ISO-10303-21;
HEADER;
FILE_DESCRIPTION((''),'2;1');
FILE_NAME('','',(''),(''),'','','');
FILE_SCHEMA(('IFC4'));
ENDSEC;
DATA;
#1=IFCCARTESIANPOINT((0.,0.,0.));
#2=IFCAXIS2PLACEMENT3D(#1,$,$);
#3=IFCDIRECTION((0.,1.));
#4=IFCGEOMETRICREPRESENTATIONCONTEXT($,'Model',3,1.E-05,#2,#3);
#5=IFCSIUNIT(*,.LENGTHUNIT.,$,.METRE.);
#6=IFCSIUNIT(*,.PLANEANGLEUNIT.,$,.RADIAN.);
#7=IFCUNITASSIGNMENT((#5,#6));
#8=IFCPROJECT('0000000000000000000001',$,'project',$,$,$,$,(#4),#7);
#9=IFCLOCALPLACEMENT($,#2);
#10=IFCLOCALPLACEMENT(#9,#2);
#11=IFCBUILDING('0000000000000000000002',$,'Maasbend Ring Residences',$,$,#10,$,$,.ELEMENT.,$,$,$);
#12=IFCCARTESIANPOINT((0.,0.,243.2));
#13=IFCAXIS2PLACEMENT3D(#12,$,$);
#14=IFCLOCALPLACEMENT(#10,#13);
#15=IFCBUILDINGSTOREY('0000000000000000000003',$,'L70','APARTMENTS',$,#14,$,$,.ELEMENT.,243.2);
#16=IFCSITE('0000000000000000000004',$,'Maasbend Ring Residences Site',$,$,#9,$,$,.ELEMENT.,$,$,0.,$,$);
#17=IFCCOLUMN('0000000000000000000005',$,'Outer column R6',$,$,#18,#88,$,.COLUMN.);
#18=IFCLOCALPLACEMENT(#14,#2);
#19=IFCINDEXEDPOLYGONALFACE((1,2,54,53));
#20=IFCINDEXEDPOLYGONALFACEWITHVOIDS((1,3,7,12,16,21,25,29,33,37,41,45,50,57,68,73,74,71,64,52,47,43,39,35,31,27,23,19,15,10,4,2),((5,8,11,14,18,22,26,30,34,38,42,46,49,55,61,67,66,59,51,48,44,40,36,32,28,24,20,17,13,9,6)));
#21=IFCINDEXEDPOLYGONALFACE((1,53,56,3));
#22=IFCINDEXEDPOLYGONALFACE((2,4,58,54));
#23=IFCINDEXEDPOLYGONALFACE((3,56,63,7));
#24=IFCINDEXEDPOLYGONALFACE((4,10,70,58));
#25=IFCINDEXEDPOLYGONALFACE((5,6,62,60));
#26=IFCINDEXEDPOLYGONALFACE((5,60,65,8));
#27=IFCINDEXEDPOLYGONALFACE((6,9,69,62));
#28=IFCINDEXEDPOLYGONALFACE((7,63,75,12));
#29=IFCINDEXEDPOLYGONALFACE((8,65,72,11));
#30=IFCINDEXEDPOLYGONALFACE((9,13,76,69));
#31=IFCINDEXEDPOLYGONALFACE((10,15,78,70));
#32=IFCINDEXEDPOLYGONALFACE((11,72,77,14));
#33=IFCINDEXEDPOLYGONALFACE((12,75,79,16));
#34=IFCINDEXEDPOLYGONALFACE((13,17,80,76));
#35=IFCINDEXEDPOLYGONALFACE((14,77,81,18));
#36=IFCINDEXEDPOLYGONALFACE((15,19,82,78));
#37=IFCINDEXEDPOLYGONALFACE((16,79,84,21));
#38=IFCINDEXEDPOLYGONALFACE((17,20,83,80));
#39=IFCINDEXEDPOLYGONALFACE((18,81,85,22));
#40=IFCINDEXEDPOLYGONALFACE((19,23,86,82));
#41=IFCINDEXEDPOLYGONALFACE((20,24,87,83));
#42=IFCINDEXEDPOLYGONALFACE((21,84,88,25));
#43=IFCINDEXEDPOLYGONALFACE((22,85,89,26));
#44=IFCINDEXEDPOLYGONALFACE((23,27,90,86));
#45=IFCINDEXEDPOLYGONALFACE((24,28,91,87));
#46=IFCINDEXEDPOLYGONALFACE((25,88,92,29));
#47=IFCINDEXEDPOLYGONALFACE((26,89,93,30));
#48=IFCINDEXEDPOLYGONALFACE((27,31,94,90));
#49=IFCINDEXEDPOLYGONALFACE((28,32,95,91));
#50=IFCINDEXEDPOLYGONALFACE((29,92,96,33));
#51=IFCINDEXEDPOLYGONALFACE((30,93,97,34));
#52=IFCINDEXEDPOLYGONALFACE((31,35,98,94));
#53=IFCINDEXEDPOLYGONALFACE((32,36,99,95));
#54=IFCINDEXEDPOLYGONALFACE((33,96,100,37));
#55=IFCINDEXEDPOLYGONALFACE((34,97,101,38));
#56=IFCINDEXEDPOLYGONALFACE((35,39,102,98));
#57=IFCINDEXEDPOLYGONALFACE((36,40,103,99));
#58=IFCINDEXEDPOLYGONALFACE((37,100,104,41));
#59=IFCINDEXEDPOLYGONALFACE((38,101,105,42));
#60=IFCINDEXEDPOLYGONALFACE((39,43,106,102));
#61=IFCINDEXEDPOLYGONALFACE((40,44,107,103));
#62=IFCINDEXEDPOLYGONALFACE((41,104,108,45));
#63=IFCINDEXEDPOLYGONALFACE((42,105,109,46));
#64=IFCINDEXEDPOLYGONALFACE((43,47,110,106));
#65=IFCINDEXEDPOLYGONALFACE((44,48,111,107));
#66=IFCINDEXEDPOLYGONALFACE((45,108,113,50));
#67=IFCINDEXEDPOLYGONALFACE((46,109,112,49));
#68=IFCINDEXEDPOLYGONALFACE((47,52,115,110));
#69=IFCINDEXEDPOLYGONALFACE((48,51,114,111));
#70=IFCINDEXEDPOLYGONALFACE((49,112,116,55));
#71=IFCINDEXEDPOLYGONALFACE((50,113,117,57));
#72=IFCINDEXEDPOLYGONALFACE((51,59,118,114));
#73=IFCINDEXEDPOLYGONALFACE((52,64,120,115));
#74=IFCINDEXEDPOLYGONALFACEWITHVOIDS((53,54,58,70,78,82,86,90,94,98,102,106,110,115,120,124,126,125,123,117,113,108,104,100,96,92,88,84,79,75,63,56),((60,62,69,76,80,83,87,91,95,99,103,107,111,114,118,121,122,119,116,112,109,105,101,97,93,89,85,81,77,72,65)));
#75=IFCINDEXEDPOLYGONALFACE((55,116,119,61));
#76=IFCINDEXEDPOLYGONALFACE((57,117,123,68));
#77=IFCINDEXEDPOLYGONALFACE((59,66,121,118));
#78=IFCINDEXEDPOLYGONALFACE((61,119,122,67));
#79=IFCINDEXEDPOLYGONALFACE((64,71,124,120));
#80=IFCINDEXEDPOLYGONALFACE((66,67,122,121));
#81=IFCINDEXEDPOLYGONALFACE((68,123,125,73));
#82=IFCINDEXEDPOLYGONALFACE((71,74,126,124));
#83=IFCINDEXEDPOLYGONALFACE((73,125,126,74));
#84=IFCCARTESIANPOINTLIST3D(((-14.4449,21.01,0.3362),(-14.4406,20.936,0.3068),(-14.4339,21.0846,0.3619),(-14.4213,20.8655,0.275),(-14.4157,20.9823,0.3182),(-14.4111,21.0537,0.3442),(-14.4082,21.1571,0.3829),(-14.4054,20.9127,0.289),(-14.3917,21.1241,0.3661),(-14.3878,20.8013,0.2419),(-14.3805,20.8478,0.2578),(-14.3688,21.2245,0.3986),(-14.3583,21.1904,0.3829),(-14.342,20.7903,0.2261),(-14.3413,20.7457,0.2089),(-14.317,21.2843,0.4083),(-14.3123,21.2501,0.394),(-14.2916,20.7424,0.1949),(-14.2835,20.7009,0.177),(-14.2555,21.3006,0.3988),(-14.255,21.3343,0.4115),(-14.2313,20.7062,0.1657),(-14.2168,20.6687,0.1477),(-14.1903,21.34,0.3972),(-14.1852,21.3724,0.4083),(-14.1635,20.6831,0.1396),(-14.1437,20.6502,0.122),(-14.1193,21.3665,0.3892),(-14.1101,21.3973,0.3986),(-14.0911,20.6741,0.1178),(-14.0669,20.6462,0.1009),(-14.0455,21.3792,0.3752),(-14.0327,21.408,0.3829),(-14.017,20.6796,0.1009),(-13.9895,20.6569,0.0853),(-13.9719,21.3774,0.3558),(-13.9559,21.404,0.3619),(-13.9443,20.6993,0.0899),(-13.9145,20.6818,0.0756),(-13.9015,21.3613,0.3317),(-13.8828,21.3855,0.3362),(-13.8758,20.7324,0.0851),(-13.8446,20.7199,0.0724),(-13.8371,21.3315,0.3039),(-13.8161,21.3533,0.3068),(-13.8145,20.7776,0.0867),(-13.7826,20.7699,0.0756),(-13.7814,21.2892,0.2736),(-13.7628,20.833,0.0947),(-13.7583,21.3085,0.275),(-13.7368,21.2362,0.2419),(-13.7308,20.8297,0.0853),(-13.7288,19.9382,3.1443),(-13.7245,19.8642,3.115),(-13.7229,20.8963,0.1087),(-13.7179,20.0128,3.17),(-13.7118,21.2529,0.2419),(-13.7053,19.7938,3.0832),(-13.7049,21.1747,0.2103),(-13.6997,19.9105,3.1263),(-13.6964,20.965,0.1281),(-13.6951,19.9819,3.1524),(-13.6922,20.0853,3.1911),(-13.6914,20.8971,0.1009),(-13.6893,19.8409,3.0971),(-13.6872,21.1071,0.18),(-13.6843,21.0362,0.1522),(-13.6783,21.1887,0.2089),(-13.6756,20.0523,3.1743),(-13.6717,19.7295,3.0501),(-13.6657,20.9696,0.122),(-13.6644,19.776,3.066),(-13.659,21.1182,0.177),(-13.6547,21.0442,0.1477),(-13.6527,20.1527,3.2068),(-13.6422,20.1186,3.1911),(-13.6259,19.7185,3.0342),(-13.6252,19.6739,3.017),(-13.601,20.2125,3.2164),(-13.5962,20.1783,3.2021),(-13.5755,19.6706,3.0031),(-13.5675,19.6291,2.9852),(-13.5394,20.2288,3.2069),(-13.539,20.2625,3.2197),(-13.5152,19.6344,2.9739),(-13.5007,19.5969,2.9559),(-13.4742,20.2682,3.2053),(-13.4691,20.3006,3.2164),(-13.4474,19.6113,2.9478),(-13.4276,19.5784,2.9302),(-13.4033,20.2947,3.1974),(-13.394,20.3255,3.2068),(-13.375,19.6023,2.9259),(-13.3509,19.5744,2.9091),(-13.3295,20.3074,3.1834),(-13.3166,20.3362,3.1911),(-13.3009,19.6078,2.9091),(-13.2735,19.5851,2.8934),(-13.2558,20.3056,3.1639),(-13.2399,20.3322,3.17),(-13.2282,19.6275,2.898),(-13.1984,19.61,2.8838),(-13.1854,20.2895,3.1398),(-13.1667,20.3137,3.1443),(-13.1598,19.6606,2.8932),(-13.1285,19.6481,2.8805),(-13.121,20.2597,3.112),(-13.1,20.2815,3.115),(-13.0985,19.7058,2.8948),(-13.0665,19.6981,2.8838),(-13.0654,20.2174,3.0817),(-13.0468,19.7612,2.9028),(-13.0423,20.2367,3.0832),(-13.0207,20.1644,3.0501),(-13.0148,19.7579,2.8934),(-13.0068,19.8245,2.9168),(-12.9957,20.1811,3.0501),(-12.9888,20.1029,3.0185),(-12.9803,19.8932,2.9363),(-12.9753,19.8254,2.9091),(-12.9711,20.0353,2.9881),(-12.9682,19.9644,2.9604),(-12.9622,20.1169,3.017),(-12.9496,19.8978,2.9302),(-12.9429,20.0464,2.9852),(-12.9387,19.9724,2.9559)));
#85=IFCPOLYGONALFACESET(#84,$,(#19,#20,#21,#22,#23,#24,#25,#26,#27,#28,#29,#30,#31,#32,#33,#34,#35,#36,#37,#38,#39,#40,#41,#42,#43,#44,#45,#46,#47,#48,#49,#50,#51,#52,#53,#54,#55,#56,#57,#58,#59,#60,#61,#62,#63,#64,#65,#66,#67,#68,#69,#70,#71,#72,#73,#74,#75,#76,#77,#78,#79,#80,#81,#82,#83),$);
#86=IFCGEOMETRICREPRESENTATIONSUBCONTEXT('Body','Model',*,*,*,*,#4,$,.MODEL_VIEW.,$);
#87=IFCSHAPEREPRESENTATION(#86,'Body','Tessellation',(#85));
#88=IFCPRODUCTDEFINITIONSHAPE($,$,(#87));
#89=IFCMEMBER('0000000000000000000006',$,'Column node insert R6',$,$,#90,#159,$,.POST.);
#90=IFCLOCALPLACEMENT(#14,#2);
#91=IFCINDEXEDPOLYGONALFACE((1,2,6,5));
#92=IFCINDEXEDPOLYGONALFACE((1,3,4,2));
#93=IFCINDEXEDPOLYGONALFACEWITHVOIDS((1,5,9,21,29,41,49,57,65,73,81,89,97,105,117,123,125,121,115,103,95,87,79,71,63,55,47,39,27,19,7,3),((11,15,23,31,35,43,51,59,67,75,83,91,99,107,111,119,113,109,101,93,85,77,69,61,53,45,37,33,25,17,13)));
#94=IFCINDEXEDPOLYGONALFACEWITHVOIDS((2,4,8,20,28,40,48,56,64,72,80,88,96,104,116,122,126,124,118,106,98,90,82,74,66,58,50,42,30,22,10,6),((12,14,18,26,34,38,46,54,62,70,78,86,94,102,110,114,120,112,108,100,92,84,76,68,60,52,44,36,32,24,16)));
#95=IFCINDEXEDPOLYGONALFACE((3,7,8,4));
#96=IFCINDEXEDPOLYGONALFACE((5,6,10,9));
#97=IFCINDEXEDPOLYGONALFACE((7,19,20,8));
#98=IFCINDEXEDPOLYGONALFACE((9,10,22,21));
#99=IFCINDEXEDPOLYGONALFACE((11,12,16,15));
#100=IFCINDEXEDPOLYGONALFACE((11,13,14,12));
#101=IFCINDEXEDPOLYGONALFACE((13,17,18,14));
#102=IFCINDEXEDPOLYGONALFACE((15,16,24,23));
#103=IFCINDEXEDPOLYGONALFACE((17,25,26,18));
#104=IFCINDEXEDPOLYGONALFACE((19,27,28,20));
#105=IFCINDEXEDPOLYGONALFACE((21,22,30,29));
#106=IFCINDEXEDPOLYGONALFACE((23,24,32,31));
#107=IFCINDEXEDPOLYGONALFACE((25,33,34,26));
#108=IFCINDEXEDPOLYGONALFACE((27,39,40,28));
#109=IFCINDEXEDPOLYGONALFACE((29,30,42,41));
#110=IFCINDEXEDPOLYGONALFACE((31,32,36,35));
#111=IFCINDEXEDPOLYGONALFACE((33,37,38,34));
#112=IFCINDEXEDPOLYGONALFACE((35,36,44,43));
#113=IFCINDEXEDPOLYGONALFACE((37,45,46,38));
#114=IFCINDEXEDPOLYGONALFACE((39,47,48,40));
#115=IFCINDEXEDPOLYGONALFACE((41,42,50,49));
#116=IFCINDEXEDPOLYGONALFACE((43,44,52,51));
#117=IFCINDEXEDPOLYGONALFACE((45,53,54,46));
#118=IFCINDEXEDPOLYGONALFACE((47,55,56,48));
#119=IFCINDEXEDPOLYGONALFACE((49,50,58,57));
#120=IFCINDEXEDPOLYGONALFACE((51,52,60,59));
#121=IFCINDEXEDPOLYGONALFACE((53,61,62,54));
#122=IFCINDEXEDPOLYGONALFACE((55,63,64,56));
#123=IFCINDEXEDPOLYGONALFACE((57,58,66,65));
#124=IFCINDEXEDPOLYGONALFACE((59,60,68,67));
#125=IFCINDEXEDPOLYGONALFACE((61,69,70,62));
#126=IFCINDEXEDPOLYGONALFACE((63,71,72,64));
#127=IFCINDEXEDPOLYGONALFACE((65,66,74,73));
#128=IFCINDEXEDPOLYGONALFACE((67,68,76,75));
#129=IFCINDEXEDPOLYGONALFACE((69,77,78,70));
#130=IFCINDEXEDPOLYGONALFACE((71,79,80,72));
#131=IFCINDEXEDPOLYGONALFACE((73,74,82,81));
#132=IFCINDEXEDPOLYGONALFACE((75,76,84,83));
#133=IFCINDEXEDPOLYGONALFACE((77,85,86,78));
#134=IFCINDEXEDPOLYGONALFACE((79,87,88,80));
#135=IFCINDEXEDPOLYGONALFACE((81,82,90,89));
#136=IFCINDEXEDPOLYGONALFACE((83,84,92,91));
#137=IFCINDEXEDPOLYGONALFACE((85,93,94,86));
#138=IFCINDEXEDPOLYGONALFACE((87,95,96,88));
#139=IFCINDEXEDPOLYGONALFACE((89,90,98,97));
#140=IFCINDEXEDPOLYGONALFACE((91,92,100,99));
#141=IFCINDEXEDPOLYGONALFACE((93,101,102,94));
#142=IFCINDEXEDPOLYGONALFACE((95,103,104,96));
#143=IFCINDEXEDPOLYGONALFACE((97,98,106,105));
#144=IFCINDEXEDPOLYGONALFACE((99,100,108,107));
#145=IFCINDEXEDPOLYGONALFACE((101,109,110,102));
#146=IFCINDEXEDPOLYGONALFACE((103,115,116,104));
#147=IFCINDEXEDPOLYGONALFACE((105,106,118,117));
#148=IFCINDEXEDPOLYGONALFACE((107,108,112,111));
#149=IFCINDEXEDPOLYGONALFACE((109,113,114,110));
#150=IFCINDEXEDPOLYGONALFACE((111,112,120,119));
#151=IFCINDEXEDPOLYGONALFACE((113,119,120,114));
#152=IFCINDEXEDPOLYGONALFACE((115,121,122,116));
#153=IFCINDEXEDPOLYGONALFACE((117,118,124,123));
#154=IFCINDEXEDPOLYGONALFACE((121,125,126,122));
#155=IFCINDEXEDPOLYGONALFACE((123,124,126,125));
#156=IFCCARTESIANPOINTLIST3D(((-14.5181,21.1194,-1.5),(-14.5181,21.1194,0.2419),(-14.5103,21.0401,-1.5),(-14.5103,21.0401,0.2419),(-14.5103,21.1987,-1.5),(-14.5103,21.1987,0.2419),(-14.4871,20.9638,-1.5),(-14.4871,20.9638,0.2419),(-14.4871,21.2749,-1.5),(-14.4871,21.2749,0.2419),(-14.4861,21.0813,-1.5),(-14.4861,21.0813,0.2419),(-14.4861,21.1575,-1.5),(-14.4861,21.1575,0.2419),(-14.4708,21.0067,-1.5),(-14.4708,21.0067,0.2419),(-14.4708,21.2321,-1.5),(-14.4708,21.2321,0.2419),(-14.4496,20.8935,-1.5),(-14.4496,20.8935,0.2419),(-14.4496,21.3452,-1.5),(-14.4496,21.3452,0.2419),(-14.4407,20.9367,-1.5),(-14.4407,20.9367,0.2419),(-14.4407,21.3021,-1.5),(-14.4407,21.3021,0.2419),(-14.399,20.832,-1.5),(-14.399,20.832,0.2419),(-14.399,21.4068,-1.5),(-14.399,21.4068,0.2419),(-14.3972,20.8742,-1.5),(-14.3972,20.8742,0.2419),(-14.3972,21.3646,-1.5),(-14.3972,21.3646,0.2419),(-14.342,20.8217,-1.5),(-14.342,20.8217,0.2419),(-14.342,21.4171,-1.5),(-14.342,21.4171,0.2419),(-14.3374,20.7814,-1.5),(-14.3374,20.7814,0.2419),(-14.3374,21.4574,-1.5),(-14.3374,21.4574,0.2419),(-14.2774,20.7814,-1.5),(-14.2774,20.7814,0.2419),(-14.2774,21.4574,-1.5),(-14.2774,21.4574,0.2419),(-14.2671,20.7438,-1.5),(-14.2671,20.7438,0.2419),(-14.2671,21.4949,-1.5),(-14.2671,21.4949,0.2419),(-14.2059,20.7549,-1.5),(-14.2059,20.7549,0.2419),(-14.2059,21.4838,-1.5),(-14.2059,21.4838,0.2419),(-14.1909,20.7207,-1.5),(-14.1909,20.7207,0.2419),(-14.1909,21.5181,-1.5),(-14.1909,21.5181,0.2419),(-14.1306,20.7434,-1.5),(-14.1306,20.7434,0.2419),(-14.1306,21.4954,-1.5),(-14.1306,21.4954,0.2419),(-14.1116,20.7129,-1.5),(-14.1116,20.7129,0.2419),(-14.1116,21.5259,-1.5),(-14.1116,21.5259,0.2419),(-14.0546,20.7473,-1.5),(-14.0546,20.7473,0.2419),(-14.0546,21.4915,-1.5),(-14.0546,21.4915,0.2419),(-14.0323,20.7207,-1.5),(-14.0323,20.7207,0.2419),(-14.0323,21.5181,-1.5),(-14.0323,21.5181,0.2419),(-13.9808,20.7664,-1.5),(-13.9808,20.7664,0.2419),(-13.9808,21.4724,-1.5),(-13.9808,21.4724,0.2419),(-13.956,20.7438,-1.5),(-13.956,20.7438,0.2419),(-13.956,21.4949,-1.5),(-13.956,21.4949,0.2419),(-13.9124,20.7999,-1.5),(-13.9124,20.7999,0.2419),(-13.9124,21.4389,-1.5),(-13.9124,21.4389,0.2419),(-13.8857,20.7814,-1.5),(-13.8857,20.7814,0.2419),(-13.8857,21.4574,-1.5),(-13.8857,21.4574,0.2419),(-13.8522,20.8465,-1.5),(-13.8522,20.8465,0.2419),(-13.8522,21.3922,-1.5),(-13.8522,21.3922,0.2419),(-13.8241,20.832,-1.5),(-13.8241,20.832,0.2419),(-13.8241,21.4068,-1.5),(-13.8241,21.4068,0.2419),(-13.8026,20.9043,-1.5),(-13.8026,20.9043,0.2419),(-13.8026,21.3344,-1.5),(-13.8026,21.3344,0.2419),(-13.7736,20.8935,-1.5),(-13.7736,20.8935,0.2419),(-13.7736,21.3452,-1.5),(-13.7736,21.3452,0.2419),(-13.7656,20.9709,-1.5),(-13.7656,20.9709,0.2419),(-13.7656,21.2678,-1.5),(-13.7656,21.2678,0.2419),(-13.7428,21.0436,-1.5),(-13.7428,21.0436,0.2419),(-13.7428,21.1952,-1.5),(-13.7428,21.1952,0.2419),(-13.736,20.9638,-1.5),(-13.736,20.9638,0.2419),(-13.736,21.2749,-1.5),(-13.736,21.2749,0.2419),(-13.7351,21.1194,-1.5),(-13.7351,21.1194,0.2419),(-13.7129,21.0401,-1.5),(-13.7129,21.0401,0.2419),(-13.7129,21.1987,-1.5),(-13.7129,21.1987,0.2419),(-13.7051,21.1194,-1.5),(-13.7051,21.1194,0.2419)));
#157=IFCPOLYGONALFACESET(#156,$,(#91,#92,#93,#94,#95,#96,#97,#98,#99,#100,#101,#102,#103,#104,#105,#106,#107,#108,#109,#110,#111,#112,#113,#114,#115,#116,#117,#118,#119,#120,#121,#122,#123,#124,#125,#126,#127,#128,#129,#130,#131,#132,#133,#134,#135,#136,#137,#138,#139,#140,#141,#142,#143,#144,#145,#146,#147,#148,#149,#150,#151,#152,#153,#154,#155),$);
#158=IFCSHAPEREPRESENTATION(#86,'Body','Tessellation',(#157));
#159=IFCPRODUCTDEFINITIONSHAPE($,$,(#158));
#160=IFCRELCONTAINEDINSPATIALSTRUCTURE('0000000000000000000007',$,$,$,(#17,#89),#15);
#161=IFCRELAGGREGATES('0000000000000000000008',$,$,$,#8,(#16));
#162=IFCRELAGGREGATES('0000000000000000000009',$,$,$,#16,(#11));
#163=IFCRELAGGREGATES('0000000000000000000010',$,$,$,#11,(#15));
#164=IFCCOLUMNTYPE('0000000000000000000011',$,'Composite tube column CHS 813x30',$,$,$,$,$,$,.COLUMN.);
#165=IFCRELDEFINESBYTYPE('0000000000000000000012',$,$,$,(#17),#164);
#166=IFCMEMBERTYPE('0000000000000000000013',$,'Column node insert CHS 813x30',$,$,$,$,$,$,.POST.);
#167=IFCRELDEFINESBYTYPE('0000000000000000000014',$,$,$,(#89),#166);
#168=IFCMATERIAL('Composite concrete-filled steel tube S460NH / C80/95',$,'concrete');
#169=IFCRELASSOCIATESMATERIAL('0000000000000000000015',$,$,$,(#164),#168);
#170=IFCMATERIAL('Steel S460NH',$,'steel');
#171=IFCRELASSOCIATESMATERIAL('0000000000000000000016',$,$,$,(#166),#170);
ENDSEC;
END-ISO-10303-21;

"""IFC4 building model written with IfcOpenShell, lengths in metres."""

from ifc_helpers import new_model, si_unit, direction, frame, origin, origin_2d, place, context, subcontext, project, spatial, hollow_circle, extrude, material, material_profile, profile_set, type_object, element, save


model = new_model("IFC4")

# Units and contexts
model_context = context("Model", 3, precision=1e-05, world=origin(), true_north=direction((0.0, 1.0)))
body_context = subcontext(model_context, "Body", "Model", "MODEL_VIEW")
ifc_project = project(units=[si_unit("LENGTHUNIT", "METRE"), si_unit("PLANEANGLEUNIT", "RADIAN")], contexts=[model_context])

# Site, building, storey
site_placement = place(None, origin())
site = spatial("IfcSite", under=ifc_project, at=site_placement, Name="Maasbend Ring Residences Site", CompositionType="ELEMENT", RefElevation=0.0)
building_placement = place(site_placement, origin())
building = spatial("IfcBuilding", under=site, at=building_placement, Name="Maasbend Ring Residences", CompositionType="ELEMENT")
storey_placement = place(building_placement, frame((0.0, 0.0, 243.2)))
storey = spatial("IfcBuildingStorey", under=building, at=storey_placement, Name="L70", Description="APARTMENTS", CompositionType="ELEMENT", Elevation=243.2)

# Column
ifc_material_1 = material(Name="Composite concrete-filled steel tube S460NH / C80/95", Category="concrete")
ifc_material_profile_1 = material_profile(ifc_material_1, hollow_circle(Radius=0.4065, WallThickness=0.03, at=origin_2d()), Name="Composite tube column CHS 813x30")
ifc_profile_set_1 = profile_set([ifc_material_profile_1], Name="Composite concrete-filled steel tube S460NH / C80/95")
column_type = type_object("IfcColumnType", Name="Composite tube column CHS 813x30", PredefinedType="COLUMN", material=ifc_profile_set_1)
column_placement = place(storey_placement, frame((-14.0498, 21.0271, 0.2419), z_axis=(0.23175, -0.346875, 0.908829), x_axis=(0.831496, 0.55553, 0.0)))
element("IfcColumn", 1, at=column_placement, inside=storey, type_object=column_type, Name="Outer column R6", PredefinedType="COLUMN", context=body_context, shape_type="SweptSolid", body=[
    extrude(hollow_circle(Radius=0.4065, WallThickness=0.03, at=origin_2d()), origin(), (0.0, 0.0, 1.0), 3.0898),
])

# Member
ifc_material_2 = material(Name="Steel S460NH", Category="steel")
ifc_material_profile_2 = material_profile(ifc_material_2, hollow_circle(Radius=0.4065, WallThickness=0.03, at=origin_2d()), Name="Column node insert CHS 813x30")
ifc_profile_set_2 = profile_set([ifc_material_profile_2], Name="Steel S460NH")
member_type = type_object("IfcMemberType", Name="Column node insert CHS 813x30", PredefinedType="POST", material=ifc_profile_set_2)
member_placement = place(storey_placement, frame((-14.1116, 21.1194, -1.5), z_axis=(0.0, 0.0, 1.0), x_axis=(1.0, 0.0, 0.0)))
element("IfcMember", 2, at=member_placement, inside=storey, type_object=member_type, Name="Column node insert R6", PredefinedType="POST", context=body_context, shape_type="SweptSolid", body=[
    extrude(hollow_circle(Radius=0.4065, WallThickness=0.03, at=origin_2d()), origin(), (0.0, 0.0, 1.0), 1.7419),
])

save(model, "model.ifc")
